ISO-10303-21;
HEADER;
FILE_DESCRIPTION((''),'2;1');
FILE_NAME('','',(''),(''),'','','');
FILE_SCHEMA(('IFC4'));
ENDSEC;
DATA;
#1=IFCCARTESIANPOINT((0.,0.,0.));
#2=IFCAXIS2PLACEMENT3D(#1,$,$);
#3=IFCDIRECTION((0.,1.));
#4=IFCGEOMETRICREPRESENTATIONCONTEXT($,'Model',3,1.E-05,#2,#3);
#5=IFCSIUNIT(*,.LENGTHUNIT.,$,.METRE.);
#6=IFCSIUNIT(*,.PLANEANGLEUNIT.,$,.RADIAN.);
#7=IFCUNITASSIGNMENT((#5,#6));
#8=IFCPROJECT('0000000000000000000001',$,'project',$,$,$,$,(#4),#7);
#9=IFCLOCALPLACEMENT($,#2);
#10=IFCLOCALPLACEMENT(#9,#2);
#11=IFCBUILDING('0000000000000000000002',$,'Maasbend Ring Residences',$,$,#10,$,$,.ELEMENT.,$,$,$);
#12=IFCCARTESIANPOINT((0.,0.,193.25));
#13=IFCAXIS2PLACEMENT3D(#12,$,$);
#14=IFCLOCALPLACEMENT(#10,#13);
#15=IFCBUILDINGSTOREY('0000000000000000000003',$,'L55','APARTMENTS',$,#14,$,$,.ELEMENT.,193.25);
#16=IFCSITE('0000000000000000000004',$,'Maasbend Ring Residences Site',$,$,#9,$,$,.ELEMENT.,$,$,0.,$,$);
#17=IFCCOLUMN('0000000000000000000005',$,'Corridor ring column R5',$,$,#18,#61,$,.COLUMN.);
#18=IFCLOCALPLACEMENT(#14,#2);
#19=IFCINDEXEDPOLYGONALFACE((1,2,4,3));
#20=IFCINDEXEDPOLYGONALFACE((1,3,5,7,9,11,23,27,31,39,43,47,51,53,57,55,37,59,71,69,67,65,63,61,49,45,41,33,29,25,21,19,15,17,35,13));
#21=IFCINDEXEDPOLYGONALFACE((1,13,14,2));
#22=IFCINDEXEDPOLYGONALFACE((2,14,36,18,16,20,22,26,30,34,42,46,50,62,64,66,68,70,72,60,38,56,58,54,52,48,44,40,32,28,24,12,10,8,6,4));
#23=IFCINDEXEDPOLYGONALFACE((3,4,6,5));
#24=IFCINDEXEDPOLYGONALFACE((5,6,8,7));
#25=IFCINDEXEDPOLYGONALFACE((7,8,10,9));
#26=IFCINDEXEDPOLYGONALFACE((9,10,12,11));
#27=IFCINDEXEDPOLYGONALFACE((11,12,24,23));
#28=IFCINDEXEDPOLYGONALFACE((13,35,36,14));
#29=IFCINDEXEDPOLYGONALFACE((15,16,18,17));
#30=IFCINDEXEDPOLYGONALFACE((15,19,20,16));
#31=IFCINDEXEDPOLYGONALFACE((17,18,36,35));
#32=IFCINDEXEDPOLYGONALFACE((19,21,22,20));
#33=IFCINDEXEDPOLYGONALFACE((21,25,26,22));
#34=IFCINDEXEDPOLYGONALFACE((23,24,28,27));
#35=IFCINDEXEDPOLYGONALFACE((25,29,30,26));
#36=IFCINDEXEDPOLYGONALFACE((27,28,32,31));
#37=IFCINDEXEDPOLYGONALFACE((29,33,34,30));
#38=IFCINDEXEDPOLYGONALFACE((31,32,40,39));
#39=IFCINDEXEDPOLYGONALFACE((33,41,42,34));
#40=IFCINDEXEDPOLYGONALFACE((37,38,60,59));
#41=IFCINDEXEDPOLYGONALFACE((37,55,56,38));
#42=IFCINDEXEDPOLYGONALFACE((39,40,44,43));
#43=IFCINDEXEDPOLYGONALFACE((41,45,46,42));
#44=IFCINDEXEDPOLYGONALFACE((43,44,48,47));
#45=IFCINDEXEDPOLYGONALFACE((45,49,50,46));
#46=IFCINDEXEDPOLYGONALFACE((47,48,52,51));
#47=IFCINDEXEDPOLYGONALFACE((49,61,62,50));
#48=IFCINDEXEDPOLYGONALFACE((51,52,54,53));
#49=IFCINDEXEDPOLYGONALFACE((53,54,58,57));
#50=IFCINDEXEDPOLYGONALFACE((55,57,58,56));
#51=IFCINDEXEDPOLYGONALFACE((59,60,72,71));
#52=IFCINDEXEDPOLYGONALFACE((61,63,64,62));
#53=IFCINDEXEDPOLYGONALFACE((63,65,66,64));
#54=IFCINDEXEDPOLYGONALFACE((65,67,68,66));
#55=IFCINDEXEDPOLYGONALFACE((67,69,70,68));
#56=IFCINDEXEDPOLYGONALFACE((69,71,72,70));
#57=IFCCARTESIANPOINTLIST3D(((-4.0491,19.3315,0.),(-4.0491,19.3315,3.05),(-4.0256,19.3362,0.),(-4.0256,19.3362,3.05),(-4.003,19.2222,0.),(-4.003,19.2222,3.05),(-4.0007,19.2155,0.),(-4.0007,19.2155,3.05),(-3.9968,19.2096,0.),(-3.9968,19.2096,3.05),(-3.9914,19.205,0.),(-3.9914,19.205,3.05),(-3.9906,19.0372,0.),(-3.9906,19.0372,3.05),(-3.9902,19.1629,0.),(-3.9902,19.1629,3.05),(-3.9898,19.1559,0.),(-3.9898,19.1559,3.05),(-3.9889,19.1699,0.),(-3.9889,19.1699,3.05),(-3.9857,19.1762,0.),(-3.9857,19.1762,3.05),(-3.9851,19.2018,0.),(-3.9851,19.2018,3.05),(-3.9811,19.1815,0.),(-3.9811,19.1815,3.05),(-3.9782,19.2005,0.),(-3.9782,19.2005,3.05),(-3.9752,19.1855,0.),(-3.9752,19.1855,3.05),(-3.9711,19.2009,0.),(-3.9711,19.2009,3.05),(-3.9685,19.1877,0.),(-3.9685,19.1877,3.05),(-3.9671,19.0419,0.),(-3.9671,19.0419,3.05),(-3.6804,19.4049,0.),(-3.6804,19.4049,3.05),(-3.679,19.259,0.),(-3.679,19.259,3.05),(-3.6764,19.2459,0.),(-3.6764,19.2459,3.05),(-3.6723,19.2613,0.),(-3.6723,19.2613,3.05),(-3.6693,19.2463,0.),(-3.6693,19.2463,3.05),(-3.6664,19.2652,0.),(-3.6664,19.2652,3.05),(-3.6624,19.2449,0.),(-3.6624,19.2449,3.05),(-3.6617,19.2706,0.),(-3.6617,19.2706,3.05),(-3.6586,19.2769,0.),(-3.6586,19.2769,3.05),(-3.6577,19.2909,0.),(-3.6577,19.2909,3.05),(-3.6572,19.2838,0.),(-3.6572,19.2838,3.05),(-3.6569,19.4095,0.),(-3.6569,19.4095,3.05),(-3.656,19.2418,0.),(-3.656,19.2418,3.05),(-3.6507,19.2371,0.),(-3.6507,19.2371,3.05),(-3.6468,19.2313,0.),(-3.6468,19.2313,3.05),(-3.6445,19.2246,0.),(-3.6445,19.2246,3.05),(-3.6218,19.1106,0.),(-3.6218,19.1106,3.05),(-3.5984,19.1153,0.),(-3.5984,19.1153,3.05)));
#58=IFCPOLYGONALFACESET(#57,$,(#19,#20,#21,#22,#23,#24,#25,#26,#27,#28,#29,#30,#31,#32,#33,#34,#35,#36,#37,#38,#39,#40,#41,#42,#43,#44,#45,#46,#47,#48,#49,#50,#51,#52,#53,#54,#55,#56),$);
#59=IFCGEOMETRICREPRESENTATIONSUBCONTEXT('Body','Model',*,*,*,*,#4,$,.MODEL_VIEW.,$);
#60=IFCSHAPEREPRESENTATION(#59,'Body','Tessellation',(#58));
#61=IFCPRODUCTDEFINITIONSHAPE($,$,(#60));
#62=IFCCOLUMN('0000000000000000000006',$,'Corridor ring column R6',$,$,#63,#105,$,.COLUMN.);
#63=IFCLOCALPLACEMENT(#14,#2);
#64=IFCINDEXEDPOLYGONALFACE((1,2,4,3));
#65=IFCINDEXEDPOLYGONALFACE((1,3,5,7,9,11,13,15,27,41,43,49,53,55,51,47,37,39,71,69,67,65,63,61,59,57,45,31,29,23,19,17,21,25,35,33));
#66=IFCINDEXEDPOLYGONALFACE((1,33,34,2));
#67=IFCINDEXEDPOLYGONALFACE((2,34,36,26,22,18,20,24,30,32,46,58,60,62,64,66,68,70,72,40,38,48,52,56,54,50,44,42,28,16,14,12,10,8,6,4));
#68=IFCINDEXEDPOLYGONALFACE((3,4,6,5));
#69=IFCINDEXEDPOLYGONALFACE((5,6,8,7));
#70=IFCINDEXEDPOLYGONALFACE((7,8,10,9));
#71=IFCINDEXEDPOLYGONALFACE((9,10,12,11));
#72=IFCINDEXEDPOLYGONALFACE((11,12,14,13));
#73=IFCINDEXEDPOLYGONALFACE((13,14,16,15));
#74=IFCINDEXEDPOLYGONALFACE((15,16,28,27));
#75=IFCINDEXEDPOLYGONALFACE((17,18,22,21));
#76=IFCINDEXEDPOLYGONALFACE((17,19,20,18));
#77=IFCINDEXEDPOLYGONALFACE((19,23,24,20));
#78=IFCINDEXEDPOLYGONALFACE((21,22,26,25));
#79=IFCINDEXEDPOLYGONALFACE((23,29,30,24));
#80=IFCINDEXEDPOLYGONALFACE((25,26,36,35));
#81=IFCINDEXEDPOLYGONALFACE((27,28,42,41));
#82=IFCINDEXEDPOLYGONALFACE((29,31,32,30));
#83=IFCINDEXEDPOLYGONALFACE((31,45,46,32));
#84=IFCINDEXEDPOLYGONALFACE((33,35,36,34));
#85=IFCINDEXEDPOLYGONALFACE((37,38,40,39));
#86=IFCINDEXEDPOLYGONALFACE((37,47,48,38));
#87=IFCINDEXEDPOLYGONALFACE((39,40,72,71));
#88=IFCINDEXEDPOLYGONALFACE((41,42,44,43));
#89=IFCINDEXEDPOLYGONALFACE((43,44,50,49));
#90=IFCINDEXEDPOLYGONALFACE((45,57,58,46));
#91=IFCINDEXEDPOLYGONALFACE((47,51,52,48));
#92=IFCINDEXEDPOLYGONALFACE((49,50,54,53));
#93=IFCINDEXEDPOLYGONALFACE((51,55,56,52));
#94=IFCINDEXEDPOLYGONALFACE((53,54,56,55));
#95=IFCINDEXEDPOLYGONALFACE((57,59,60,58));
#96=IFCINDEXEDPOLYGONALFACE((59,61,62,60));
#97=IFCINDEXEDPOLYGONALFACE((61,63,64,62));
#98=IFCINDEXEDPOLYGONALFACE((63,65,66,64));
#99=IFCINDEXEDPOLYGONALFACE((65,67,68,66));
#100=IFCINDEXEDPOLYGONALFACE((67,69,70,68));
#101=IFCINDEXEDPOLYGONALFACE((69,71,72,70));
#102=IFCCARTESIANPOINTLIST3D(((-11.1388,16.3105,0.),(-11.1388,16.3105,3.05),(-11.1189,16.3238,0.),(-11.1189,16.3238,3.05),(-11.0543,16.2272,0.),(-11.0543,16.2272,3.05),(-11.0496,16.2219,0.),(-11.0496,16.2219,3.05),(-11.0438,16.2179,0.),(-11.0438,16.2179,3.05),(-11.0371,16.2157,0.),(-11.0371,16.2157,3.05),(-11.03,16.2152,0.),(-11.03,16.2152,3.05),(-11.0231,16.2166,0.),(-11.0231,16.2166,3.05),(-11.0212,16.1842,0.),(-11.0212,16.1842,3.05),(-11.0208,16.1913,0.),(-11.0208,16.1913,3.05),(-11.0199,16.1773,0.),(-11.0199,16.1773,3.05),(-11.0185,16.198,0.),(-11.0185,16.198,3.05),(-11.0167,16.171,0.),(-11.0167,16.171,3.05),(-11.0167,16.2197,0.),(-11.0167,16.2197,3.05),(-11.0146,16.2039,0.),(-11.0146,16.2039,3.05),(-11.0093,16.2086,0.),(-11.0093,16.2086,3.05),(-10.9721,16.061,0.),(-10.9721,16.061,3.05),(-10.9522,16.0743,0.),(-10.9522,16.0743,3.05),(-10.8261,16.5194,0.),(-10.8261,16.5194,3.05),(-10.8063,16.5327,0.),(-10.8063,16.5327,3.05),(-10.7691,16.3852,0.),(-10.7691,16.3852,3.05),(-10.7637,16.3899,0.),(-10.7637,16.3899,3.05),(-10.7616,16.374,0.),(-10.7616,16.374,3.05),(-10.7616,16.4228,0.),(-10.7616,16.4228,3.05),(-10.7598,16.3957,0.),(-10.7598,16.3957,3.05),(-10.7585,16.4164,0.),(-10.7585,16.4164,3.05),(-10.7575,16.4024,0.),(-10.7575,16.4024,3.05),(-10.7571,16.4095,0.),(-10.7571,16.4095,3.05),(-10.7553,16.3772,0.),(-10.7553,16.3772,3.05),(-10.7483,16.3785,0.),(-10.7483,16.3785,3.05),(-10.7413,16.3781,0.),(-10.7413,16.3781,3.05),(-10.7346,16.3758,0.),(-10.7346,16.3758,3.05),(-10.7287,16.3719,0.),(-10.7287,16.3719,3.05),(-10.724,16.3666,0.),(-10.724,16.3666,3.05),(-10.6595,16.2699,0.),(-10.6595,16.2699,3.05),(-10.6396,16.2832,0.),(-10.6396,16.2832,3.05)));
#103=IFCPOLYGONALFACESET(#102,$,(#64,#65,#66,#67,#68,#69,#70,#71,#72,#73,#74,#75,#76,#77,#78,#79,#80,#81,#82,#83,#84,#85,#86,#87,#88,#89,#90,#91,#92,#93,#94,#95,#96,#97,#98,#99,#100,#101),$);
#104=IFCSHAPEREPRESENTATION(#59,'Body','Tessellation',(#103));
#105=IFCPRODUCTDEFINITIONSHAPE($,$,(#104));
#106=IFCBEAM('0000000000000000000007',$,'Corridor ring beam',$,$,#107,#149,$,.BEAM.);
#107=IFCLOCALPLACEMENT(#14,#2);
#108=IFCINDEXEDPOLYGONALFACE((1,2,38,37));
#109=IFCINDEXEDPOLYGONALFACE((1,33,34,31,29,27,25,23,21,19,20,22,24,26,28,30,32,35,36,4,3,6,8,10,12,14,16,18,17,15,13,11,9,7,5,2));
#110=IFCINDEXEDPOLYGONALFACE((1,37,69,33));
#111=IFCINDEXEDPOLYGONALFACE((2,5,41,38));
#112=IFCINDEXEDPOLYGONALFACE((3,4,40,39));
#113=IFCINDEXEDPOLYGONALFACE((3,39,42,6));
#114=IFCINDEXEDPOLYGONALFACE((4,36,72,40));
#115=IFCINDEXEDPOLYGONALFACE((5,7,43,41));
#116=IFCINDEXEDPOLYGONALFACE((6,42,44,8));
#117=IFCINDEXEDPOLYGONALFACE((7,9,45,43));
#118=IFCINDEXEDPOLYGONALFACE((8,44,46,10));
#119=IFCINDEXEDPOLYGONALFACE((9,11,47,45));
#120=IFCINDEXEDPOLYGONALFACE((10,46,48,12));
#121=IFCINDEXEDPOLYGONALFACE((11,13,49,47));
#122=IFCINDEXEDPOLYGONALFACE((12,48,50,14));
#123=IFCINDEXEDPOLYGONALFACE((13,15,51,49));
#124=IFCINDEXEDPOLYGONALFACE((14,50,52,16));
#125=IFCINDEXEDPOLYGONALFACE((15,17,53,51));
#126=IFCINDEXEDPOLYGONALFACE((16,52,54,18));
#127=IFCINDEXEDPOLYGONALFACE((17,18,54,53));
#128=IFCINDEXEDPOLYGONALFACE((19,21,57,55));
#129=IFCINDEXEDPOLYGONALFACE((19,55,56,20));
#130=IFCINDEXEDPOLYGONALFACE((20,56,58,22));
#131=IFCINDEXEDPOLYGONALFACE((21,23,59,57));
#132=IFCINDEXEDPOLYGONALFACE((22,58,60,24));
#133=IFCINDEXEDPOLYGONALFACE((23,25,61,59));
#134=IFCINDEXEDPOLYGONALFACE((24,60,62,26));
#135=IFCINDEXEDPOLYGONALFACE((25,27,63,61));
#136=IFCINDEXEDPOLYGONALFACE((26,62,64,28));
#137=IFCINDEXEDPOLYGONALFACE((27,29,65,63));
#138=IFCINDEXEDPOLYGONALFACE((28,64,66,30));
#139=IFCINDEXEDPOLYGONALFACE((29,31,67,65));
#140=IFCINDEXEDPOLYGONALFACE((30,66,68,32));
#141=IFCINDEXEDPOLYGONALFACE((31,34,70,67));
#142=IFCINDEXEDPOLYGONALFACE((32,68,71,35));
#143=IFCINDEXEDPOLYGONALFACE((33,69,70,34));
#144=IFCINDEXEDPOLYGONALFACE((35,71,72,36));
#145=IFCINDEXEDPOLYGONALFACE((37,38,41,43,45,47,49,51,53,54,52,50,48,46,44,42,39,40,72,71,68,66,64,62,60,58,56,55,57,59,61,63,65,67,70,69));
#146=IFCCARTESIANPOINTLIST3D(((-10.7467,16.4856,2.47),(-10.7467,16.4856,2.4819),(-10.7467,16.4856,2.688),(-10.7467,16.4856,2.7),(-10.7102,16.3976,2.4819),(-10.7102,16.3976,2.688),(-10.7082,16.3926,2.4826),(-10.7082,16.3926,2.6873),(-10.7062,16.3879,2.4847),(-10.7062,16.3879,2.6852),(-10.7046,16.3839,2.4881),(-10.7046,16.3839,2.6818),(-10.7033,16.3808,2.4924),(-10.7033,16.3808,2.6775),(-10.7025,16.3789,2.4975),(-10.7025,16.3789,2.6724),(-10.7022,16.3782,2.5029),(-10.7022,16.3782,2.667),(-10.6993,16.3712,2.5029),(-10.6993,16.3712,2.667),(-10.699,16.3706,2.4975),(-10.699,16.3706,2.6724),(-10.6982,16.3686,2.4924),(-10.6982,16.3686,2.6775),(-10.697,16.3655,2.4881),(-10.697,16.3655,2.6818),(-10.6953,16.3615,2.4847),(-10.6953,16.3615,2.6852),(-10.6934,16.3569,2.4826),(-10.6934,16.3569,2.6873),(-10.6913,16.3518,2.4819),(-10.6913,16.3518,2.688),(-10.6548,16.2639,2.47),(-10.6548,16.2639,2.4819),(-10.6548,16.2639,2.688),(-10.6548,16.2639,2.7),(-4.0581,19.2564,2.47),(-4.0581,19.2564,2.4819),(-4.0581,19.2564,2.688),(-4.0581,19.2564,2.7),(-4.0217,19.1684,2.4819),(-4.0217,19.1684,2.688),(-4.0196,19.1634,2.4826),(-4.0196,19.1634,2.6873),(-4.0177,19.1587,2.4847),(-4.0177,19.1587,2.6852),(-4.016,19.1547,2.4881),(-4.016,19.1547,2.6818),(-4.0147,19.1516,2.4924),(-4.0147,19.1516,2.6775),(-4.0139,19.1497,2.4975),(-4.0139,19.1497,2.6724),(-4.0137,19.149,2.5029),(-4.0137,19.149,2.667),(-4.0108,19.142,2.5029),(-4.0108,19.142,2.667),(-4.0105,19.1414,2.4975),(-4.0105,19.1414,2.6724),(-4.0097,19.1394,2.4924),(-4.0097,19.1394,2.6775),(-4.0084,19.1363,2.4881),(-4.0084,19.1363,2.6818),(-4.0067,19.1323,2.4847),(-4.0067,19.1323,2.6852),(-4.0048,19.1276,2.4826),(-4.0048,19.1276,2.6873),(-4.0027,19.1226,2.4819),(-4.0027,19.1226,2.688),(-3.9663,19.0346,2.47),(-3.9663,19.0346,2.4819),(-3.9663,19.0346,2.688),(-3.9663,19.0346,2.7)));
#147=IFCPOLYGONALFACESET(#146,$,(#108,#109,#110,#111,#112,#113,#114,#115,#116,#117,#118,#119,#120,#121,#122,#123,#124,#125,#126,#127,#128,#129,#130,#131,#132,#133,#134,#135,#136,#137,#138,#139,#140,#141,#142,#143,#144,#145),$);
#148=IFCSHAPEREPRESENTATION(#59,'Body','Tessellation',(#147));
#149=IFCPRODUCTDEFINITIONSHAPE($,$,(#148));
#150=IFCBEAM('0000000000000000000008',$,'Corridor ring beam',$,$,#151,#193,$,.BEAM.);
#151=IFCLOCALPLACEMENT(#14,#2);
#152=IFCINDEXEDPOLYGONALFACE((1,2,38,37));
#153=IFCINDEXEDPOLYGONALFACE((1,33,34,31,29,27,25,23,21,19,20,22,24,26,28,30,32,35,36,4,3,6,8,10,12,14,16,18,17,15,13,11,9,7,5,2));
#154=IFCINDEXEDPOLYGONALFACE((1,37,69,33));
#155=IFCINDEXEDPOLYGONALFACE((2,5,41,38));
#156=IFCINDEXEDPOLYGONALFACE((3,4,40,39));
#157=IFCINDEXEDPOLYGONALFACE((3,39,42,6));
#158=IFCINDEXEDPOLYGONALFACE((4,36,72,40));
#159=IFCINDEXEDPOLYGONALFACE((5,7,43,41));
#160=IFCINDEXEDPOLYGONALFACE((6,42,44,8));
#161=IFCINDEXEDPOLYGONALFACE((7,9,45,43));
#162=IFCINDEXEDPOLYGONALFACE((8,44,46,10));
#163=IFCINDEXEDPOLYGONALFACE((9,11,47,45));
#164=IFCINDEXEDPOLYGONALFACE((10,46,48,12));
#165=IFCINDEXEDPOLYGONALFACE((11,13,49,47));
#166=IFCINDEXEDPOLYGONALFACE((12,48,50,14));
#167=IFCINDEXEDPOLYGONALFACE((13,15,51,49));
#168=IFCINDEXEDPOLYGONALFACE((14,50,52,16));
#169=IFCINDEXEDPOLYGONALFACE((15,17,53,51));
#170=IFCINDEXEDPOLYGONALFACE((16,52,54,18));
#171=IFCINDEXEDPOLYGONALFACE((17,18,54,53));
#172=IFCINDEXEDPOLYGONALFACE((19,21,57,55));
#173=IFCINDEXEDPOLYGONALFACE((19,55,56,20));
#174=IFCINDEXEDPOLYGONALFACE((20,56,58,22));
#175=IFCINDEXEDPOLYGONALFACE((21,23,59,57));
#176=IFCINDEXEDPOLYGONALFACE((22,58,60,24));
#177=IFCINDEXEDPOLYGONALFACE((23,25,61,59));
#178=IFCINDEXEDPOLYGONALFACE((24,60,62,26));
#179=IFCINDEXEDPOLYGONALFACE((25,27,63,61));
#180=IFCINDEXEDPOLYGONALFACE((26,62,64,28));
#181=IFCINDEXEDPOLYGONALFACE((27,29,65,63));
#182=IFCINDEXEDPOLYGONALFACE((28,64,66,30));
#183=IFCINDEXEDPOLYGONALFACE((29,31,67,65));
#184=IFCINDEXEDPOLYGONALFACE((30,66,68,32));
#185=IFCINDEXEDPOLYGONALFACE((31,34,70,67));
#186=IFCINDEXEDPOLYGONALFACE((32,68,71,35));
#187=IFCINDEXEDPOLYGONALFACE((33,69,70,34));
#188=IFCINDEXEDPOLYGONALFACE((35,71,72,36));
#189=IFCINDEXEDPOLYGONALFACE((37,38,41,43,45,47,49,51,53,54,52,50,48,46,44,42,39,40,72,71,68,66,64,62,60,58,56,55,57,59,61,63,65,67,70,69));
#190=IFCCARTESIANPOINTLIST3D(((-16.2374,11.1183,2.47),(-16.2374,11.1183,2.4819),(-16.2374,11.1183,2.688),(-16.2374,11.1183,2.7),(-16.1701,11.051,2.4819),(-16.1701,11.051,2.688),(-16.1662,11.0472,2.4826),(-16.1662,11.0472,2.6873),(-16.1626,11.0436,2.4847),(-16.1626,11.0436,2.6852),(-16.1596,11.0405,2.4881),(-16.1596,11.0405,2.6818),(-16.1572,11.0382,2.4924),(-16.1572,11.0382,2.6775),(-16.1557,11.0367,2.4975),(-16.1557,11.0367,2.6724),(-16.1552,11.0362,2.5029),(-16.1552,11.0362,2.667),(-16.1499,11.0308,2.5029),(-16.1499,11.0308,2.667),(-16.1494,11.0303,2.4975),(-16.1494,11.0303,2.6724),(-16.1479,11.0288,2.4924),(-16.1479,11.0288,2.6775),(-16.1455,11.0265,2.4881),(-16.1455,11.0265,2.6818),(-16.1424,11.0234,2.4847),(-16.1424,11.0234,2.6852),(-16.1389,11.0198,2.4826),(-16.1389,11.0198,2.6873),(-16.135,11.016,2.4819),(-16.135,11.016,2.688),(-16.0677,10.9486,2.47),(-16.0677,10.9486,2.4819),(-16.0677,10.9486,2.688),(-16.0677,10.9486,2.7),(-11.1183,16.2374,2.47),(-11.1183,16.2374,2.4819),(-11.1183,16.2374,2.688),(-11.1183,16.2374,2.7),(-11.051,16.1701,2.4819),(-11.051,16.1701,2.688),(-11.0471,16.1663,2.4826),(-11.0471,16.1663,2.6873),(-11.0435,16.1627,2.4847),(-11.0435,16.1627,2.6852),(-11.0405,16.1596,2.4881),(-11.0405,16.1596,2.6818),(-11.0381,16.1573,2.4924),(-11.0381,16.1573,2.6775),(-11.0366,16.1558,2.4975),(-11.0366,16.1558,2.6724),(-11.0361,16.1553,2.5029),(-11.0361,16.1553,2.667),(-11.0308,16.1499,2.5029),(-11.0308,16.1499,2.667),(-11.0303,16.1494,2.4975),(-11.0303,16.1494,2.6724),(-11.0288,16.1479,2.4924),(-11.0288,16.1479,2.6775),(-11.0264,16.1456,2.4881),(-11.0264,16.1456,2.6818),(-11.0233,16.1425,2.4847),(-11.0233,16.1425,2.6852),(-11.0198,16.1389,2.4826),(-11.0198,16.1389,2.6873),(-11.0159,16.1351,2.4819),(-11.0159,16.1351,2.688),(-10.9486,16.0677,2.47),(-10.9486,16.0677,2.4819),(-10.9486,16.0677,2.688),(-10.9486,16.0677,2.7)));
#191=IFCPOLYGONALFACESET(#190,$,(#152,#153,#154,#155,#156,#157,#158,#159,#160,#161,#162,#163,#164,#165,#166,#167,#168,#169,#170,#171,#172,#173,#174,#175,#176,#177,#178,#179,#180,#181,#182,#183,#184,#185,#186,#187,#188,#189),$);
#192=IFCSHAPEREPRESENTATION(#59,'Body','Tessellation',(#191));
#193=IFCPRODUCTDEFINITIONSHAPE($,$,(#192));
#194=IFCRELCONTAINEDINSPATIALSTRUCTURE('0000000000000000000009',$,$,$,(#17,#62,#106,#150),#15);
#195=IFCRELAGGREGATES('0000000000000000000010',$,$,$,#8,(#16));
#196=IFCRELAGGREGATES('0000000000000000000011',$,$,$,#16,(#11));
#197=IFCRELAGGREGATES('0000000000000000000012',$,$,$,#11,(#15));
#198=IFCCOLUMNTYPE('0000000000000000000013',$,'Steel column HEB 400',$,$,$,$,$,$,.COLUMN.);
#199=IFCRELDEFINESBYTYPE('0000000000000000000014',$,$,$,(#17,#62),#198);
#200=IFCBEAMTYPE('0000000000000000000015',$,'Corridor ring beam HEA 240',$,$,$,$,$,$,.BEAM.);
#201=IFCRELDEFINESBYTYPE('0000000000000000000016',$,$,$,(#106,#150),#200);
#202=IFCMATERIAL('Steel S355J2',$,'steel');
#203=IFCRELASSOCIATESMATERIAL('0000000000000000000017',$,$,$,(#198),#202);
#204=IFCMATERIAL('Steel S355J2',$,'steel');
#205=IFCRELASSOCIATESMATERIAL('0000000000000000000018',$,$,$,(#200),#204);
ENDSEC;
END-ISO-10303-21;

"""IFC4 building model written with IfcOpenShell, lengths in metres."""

from ifc_helpers import new_model, si_unit, direction, frame, origin, origin_2d, place, context, subcontext, project, spatial, i_section, extrude, material, material_profile, profile_set, type_object, element, save


model = new_model("IFC4")

# Units and contexts
model_context = context("Model", 3, precision=1e-05, world=origin(), true_north=direction((0.0, 1.0)))
body_context = subcontext(model_context, "Body", "Model", "MODEL_VIEW")
ifc_project = project(units=[si_unit("LENGTHUNIT", "METRE"), si_unit("PLANEANGLEUNIT", "RADIAN")], contexts=[model_context])

# Site, building, storey
site_placement = place(None, origin())
site = spatial("IfcSite", under=ifc_project, at=site_placement, Name="Maasbend Ring Residences Site", CompositionType="ELEMENT", RefElevation=0.0)
building_placement = place(site_placement, origin())
building = spatial("IfcBuilding", under=site, at=building_placement, Name="Maasbend Ring Residences", CompositionType="ELEMENT")
storey_placement = place(building_placement, frame((0.0, 0.0, 193.25)))
storey = spatial("IfcBuildingStorey", under=building, at=storey_placement, Name="L55", Description="APARTMENTS", CompositionType="ELEMENT", Elevation=193.25)

# Columns
ifc_material_1 = material(Name="Steel S355J2", Category="steel")
ifc_material_profile_1 = material_profile(ifc_material_1, i_section(OverallWidth=0.3, OverallDepth=0.3999, WebThickness=0.0134, FlangeThickness=0.0239, FilletRadius=0.0271, at=origin_2d()), Name="HEB 400")
ifc_profile_set_1 = profile_set([ifc_material_profile_1], Name="Steel S355J2")
column_type = type_object("IfcColumnType", Name="Steel column HEB 400", PredefinedType="COLUMN", material=ifc_profile_set_1)
for number, where, z_axis, x_axis, name in (
    (1, (-3.8237, 19.2234, 0.0), (0.0, 0.0, 1.0), (-0.19509, 0.980785, 0.0), "Corridor ring column R5"),
    (2, (-10.8892, 16.2969, 0.0), (0.0, 0.0, 1.0), (-0.55557, 0.83147, 0.0), "Corridor ring column R6"),
):
    element("IfcColumn", number, at=place(storey_placement, frame(where, z_axis=z_axis, x_axis=x_axis)), inside=storey, type_object=column_type, Name=name, PredefinedType="COLUMN", context=body_context, shape_type="SweptSolid", body=[
        extrude(i_section(OverallWidth=0.3, OverallDepth=0.3999, WebThickness=0.0134, FlangeThickness=0.0239, FilletRadius=0.0271, at=origin_2d()), origin(), (0.0, 0.0, 1.0), 3.05),
    ])

# Beams
ifc_material_2 = material(Name="Steel S355J2", Category="steel")
ifc_material_profile_2 = material_profile(ifc_material_2, i_section(OverallWidth=0.24, OverallDepth=0.23, WebThickness=0.0076, FlangeThickness=0.012, FilletRadius=0.021, at=origin_2d()), Name="HEA 240")
ifc_profile_set_2 = profile_set([ifc_material_profile_2], Name="Steel S355J2")
beam_type = type_object("IfcBeamType", Name="Corridor ring beam HEA 240", PredefinedType="BEAM", material=ifc_profile_set_2)
beam_1_placement = place(storey_placement, frame((-4.0122, 19.1455, 2.585), z_axis=(-0.923865, -0.382718, 0.0), x_axis=(0.382718, -0.923865, 0.0)))
element("IfcBeam", 3, at=beam_1_placement, inside=storey, type_object=beam_type, Name="Corridor ring beam", PredefinedType="BEAM", context=body_context, shape_type="SweptSolid", body=[
    extrude(i_section(OverallWidth=0.24, OverallDepth=0.23, WebThickness=0.0076, FlangeThickness=0.012, FilletRadius=0.021, at=origin_2d()), origin(), (0.0, 0.0, 1.0), 7.2397),
])
beam_2_placement = place(storey_placement, frame((-11.0334, 16.1526, 2.585), z_axis=(-0.707107, -0.707107, 0.0), x_axis=(0.707107, -0.707107, 0.0)))
element("IfcBeam", 4, at=beam_2_placement, inside=storey, type_object=beam_type, Name="Corridor ring beam", PredefinedType="BEAM", context=body_context, shape_type="SweptSolid", body=[
    extrude(i_section(OverallWidth=0.24, OverallDepth=0.23, WebThickness=0.0076, FlangeThickness=0.012, FilletRadius=0.021, at=origin_2d()), origin(), (0.0, 0.0, 1.0), 7.2395),
])

save(model, "model.ifc")
